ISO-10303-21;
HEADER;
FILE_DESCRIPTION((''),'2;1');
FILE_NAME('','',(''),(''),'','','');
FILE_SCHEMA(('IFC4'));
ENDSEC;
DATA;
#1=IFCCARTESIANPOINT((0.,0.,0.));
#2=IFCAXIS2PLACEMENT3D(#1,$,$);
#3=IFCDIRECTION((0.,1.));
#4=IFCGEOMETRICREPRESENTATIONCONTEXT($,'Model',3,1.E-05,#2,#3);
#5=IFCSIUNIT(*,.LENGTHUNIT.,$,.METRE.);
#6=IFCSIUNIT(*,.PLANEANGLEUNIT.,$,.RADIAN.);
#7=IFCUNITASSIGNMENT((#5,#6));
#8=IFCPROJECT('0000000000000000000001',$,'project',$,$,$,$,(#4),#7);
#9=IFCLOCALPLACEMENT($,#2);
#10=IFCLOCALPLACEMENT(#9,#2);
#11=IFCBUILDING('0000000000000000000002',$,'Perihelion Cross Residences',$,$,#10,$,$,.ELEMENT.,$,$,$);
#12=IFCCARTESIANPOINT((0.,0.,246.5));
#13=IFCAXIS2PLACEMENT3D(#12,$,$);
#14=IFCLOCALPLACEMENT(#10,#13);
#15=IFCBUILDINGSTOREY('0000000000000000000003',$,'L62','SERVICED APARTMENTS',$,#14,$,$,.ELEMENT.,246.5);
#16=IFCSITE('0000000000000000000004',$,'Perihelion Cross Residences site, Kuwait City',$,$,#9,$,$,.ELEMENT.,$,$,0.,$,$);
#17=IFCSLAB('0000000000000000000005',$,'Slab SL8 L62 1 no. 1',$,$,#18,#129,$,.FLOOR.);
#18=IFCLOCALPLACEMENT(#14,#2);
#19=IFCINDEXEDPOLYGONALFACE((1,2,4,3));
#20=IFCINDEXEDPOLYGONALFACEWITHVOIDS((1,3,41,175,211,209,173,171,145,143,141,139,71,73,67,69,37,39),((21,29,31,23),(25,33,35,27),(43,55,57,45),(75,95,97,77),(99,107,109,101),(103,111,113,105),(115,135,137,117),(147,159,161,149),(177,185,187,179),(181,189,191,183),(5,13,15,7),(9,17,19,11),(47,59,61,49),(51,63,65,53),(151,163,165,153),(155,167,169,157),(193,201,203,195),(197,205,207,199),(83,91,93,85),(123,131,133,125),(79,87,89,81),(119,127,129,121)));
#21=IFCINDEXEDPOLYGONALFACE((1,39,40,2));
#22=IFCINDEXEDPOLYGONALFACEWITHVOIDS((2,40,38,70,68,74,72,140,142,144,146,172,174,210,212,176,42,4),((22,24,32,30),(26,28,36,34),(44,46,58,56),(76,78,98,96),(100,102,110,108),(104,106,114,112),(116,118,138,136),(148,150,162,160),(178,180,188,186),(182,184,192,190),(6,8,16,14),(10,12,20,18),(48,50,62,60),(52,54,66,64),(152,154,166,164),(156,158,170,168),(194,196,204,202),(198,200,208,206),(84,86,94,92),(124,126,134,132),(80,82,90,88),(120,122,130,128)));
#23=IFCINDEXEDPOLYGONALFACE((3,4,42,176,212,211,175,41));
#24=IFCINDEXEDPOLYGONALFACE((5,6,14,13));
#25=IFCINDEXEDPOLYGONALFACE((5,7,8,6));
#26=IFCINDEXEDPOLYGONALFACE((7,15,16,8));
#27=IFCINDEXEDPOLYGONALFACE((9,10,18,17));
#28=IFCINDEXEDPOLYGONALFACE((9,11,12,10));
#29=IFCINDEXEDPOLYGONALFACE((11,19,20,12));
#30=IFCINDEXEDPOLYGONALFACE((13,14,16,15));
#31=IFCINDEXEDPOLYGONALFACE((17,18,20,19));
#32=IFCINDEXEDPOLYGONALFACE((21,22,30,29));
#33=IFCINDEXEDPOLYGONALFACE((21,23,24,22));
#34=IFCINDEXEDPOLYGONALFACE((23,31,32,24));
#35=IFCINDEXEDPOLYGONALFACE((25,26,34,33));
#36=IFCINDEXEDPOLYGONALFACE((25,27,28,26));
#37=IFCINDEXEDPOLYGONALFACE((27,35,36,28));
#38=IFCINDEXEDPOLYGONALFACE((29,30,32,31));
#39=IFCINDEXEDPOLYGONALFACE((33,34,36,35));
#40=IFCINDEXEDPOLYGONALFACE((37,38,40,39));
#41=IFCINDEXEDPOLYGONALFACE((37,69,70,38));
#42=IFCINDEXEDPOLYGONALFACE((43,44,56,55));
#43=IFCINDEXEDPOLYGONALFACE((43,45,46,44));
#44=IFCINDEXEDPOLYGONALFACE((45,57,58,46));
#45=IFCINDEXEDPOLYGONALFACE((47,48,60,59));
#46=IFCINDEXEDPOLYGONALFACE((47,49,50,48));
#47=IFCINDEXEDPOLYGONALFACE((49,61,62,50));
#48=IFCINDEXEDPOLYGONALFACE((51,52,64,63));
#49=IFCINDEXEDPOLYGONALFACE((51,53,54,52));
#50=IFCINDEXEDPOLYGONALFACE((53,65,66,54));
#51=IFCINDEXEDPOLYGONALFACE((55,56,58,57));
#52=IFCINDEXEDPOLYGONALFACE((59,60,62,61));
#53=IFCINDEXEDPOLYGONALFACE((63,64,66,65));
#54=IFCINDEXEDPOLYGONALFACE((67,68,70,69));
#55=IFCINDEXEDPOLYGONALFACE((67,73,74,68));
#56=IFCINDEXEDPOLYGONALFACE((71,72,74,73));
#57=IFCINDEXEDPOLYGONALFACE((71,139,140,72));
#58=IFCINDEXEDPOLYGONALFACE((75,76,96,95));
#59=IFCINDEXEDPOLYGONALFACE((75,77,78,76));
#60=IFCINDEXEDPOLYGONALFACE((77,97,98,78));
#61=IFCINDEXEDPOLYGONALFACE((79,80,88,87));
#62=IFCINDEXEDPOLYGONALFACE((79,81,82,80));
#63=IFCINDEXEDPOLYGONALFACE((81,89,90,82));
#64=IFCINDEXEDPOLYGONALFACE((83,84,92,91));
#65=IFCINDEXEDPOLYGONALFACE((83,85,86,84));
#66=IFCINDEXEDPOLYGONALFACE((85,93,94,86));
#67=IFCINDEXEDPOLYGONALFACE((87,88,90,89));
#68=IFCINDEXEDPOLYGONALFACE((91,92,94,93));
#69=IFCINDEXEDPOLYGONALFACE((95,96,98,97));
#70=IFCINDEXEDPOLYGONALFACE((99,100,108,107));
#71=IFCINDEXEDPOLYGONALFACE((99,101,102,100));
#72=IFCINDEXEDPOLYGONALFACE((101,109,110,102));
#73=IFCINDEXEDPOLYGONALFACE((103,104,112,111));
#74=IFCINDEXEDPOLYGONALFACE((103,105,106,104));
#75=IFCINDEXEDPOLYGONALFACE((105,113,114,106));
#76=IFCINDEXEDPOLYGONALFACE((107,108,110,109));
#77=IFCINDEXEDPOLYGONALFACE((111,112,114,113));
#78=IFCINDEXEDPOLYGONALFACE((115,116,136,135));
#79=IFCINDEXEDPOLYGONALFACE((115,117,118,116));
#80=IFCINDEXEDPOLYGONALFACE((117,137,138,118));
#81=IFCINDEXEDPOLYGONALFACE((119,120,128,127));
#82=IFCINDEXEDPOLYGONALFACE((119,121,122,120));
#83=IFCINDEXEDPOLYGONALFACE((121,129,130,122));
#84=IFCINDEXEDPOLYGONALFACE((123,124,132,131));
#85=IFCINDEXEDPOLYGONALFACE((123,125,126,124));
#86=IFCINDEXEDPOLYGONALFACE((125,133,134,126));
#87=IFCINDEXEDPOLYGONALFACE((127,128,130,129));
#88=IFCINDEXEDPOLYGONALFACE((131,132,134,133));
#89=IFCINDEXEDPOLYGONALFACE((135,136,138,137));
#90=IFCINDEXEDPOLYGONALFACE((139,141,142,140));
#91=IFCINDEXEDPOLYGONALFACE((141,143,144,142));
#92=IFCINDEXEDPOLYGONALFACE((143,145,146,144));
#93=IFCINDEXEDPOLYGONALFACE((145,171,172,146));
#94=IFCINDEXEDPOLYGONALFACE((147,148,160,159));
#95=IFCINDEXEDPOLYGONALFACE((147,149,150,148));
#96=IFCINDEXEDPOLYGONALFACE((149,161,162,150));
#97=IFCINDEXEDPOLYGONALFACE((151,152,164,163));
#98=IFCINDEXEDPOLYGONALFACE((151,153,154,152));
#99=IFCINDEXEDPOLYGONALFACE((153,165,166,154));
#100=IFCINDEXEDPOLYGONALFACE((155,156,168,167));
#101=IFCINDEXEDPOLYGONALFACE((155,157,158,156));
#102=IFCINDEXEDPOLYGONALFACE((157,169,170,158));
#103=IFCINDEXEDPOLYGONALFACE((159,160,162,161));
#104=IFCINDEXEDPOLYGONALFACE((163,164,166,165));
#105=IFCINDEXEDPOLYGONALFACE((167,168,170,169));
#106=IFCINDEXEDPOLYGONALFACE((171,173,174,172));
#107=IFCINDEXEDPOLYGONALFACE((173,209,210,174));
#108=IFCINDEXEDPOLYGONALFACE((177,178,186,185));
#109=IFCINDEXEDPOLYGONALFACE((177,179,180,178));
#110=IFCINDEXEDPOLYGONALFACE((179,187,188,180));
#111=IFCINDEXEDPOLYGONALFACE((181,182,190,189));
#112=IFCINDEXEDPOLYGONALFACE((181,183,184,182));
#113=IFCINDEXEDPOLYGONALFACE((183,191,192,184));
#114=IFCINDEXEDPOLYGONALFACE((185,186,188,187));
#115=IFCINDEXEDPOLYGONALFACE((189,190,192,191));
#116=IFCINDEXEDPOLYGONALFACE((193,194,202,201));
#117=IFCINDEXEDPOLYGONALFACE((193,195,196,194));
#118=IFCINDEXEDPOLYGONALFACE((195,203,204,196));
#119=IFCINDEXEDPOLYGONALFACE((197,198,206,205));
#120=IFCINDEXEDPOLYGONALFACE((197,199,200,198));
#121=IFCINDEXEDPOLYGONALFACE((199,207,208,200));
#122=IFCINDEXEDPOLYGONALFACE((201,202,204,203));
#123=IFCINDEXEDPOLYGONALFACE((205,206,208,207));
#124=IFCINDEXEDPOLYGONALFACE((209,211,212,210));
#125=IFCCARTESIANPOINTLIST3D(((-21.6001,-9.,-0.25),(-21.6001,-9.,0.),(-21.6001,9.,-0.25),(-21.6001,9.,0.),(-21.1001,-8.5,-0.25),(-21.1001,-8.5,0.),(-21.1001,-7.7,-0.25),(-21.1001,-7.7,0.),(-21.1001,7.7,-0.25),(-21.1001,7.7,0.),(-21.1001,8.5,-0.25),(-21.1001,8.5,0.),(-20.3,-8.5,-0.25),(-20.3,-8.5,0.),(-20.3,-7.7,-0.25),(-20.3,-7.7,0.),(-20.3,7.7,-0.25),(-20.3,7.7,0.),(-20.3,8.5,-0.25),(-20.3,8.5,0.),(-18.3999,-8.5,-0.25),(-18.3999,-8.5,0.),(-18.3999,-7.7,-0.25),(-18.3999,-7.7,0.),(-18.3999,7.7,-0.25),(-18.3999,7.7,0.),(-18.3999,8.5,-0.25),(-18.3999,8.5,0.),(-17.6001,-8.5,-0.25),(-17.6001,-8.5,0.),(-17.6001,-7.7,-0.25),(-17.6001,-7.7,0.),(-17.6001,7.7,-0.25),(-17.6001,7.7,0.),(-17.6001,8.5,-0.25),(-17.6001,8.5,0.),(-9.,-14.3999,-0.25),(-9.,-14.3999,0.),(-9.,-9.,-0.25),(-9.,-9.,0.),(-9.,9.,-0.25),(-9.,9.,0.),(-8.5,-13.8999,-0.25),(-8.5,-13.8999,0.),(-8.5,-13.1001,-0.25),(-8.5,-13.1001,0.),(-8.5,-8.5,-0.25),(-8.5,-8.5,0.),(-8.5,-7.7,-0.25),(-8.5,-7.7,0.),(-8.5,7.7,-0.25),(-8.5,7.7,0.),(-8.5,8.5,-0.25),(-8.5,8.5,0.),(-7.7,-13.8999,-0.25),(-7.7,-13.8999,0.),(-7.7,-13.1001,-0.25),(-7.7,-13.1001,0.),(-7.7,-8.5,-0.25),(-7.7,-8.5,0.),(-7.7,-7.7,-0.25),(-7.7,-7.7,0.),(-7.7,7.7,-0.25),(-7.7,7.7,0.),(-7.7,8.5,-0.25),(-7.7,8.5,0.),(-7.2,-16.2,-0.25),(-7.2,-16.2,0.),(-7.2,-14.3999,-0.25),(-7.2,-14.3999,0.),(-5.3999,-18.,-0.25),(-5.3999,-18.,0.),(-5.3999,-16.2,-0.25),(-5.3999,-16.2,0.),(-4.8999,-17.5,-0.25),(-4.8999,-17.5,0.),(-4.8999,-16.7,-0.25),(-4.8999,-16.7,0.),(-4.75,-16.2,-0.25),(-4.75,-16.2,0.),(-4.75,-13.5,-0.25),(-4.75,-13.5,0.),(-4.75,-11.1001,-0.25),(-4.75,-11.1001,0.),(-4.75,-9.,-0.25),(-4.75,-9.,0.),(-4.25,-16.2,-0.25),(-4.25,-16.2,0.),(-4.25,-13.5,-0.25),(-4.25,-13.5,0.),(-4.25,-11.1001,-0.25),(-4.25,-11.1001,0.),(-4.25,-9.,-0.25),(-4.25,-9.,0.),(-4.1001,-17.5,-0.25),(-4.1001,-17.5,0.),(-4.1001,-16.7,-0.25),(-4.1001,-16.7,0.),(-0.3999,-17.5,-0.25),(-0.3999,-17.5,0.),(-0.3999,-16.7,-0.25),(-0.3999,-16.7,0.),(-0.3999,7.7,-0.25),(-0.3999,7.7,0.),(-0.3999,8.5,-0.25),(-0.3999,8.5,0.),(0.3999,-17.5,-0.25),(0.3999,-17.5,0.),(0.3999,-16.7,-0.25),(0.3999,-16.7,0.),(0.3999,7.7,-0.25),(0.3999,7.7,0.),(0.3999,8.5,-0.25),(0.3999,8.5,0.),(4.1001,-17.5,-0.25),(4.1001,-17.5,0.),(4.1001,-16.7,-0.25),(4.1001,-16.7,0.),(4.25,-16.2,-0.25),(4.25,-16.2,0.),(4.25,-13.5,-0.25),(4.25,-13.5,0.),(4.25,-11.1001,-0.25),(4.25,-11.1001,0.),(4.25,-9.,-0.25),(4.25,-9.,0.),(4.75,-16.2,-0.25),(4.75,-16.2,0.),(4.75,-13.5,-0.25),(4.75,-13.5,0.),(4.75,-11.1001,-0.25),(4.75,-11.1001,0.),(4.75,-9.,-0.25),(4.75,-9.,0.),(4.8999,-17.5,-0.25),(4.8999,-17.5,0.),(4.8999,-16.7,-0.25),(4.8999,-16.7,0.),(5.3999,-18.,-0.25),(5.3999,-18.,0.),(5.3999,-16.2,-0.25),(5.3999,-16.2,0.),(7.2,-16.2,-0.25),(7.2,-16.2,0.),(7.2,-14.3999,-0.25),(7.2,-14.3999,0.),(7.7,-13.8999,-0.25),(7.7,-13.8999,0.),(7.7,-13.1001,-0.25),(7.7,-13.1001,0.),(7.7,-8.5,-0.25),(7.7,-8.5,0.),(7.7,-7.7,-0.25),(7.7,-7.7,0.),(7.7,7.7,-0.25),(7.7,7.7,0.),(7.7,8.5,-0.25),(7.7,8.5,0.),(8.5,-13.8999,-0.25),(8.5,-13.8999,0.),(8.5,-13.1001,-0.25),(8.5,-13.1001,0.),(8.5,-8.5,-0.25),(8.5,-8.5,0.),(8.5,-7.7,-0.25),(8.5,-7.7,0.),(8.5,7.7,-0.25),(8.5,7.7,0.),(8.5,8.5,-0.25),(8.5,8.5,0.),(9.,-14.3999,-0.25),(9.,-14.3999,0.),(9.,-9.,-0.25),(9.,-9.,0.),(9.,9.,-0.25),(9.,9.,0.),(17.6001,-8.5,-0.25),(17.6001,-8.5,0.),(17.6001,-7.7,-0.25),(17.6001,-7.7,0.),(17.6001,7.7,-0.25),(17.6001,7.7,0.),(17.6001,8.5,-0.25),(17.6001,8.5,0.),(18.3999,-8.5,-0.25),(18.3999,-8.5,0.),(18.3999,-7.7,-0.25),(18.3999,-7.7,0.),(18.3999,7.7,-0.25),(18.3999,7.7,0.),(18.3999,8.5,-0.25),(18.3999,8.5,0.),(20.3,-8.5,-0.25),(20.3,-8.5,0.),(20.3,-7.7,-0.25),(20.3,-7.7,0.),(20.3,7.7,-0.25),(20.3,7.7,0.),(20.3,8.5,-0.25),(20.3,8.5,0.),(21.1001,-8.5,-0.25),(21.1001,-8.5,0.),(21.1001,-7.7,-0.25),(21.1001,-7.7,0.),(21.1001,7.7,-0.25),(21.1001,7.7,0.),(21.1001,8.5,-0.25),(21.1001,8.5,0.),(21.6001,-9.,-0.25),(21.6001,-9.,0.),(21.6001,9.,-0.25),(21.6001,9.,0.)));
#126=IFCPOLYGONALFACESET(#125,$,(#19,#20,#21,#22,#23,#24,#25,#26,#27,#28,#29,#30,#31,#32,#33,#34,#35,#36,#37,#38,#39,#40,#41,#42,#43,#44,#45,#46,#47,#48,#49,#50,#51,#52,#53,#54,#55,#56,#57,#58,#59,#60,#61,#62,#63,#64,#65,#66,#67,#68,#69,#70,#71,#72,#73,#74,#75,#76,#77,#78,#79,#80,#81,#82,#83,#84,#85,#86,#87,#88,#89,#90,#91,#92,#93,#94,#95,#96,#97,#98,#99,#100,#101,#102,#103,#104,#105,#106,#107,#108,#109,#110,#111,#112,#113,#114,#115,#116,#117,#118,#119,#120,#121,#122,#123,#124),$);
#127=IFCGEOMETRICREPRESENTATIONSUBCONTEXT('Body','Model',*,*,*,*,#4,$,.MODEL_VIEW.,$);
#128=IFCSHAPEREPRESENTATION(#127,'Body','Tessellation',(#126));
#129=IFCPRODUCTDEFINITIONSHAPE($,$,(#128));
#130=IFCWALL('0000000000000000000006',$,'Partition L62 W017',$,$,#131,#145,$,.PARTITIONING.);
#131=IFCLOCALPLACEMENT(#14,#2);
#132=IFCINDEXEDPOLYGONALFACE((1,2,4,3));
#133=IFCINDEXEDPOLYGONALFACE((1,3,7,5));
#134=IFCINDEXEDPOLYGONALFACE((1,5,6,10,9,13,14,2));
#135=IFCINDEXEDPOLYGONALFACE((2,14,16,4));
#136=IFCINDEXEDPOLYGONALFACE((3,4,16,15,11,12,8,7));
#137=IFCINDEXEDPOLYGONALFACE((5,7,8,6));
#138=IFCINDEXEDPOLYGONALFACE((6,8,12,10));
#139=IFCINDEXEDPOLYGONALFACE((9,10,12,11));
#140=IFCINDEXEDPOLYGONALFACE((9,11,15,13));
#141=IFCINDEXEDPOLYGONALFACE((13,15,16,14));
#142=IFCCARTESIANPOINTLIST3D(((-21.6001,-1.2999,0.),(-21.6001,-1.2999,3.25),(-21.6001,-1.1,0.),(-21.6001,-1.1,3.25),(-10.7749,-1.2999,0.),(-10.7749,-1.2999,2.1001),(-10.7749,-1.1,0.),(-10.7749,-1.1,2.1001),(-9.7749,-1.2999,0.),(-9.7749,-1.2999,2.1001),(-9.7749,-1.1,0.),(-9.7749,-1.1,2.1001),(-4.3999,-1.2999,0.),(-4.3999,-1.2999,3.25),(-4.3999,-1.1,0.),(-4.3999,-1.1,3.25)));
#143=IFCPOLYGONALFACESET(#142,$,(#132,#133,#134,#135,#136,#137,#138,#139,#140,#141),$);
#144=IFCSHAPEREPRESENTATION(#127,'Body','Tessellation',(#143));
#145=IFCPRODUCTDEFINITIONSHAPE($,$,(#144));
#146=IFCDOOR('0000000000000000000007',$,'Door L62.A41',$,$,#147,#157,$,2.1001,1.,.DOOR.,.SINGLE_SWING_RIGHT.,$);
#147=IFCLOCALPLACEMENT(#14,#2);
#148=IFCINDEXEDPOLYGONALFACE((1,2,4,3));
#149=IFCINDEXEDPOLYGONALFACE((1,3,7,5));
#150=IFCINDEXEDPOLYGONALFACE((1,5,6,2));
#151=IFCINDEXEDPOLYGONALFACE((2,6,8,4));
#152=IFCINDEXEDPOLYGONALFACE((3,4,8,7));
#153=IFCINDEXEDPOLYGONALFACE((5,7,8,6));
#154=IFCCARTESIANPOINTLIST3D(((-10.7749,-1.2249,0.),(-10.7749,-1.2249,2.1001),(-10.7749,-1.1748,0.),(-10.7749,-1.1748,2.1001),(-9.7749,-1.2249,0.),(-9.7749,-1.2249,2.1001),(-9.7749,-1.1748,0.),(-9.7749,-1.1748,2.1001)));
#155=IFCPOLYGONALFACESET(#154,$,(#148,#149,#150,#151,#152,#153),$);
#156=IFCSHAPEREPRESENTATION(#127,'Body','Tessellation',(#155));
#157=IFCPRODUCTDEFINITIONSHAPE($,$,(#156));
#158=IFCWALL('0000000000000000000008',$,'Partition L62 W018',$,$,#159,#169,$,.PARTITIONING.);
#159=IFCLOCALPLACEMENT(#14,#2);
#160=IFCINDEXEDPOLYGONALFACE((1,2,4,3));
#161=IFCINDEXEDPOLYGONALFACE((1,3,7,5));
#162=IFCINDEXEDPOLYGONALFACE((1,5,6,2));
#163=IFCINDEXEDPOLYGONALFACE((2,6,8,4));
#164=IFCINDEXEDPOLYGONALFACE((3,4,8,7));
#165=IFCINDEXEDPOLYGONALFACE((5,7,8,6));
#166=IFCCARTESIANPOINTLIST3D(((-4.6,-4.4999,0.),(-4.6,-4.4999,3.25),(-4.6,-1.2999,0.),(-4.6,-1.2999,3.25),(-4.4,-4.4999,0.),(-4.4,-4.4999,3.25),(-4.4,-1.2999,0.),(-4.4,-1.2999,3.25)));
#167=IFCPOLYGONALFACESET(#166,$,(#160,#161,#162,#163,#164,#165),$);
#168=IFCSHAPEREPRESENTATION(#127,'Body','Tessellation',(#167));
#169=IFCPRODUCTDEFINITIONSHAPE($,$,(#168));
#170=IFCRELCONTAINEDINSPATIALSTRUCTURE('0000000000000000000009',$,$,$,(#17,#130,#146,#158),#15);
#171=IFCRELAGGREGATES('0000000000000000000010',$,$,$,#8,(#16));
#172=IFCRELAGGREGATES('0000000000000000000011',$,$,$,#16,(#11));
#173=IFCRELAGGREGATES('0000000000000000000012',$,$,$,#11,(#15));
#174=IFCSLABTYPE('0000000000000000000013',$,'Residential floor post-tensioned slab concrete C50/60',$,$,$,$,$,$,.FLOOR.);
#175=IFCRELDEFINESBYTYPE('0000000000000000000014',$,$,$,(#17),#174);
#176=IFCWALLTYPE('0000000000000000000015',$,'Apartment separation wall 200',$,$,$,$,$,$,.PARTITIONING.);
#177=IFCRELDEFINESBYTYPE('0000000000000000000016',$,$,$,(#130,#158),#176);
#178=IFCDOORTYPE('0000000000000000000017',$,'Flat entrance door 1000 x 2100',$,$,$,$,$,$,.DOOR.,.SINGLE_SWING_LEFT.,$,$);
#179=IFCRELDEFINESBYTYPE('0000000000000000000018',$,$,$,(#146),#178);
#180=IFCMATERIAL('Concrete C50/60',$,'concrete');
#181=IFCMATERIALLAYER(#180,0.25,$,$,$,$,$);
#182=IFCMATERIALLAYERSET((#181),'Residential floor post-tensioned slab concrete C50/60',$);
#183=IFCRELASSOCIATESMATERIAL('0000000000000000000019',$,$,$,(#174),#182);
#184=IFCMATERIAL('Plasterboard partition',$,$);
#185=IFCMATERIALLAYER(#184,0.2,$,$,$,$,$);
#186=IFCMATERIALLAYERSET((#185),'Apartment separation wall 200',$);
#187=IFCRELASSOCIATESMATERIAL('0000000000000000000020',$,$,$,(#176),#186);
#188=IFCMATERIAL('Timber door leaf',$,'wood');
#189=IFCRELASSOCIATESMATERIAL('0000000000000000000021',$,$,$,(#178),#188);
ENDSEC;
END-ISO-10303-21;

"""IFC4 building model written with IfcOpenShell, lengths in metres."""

from ifc_helpers import new_model, si_unit, direction, frame, frame_2d, origin, place, context, subcontext, project, spatial, polyline, rectangle, outline, extrude, material, layer, layer_set, type_object, element, fill, save


model = new_model("IFC4")

# Units and contexts
model_context = context("Model", 3, precision=1e-05, world=origin(), true_north=direction((0.0, 1.0)))
body_context = subcontext(model_context, "Body", "Model", "MODEL_VIEW")
ifc_project = project(units=[si_unit("LENGTHUNIT", "METRE"), si_unit("PLANEANGLEUNIT", "RADIAN")], contexts=[model_context])

# Site, building, storey
site_placement = place(None, origin())
site = spatial("IfcSite", under=ifc_project, at=site_placement, Name="Perihelion Cross Residences site, Kuwait City", CompositionType="ELEMENT", RefElevation=0.0)
building_placement = place(site_placement, origin())
building = spatial("IfcBuilding", under=site, at=building_placement, Name="Perihelion Cross Residences", CompositionType="ELEMENT")
storey_placement = place(building_placement, frame((0.0, 0.0, 246.5)))
storey = spatial("IfcBuildingStorey", under=building, at=storey_placement, Name="L62", Description="SERVICED APARTMENTS", CompositionType="ELEMENT", Elevation=246.5)

# Slab
ifc_material_1 = material(Name="Concrete C50/60", Category="concrete")
ifc_layer_1 = layer(ifc_material_1, 0.25)
ifc_layer_set_1 = layer_set([ifc_layer_1], Name="Residential floor post-tensioned slab concrete C50/60")
slab_type_1 = type_object("IfcSlabType", Name="Residential floor post-tensioned slab concrete C50/60", PredefinedType="FLOOR", material=ifc_layer_set_1)
slab_1_placement = place(storey_placement, frame((0.0, 0.0, -0.25)))
element("IfcSlab", 1, at=slab_1_placement, inside=storey, type_object=slab_type_1, Name="Slab SL8 L62 1 no. 1", PredefinedType="FLOOR", context=body_context, shape_type="SweptSolid", body=[
    extrude(outline(polyline([(-9.0, 9.0), (9.0, 9.0), (21.6001, 9.0), (21.6001, -9.0), (9.0, -9.0), (9.0, -14.3999), (7.2, -14.3999), (7.2, -16.2), (5.3999, -16.2), (5.3999, -18.0), (-5.3999, -18.0), (-5.3999, -16.2), (-7.2, -16.2), (-7.2, -14.3999), (-9.0, -14.3999), (-9.0, -9.0), (-21.6001, -9.0), (-21.6001, 9.0), (-9.0, 9.0)]), holes=[polyline([(-4.1001, -16.7), (-4.8999, -16.7), (-4.8999, -17.5), (-4.1001, -17.5), (-4.1001, -16.7)]), polyline([(0.3999, -17.5), (0.3999, -16.7), (-0.3999, -16.7), (-0.3999, -17.5), (0.3999, -17.5)]), polyline([(-4.25, -16.2), (-4.25, -13.5), (-4.75, -13.5), (-4.75, -16.2), (-4.25, -16.2)]), polyline([(-7.7, -13.1001), (-8.5, -13.1001), (-8.5, -13.8999), (-7.7, -13.8999), (-7.7, -13.1001)]), polyline([(-4.25, -11.1001), (-4.25, -9.0), (-4.75, -9.0), (-4.75, -11.1001), (-4.25, -11.1001)]), polyline([(-20.3, -8.5), (-20.3, -7.7), (-21.1001, -7.7), (-21.1001, -8.5), (-20.3, -8.5)]), polyline([(-17.6001, -7.7), (-18.3999, -7.7), (-18.3999, -8.5), (-17.6001, -8.5), (-17.6001, -7.7)]), polyline([(-7.7, -8.5), (-7.7, -7.7), (-8.5, -7.7), (-8.5, -8.5), (-7.7, -8.5)]), polyline([(-20.3, 8.5), (-21.1001, 8.5), (-21.1001, 7.7), (-20.3, 7.7), (-20.3, 8.5)]), polyline([(-17.6001, 7.7), (-17.6001, 8.5), (-18.3999, 8.5), (-18.3999, 7.7), (-17.6001, 7.7)]), polyline([(-7.7, 7.7), (-7.7, 8.5), (-8.5, 8.5), (-8.5, 7.7), (-7.7, 7.7)]), polyline([(4.8999, -16.7), (4.1001, -16.7), (4.1001, -17.5), (4.8999, -17.5), (4.8999, -16.7)]), polyline([(4.75, -16.2), (4.75, -13.5), (4.25, -13.5), (4.25, -16.2), (4.75, -16.2)]), polyline([(8.5, -13.8999), (8.5, -13.1001), (7.7, -13.1001), (7.7, -13.8999), (8.5, -13.8999)]), polyline([(4.75, -9.0), (4.25, -9.0), (4.25, -11.1001), (4.75, -11.1001), (4.75, -9.0)]), polyline([(8.5, -8.5), (8.5, -7.7), (7.7, -7.7), (7.7, -8.5), (8.5, -8.5)]), polyline([(18.3999, -8.5), (18.3999, -7.7), (17.6001, -7.7), (17.6001, -8.5), (18.3999, -8.5)]), polyline([(21.1001, -7.7), (20.3, -7.7), (20.3, -8.5), (21.1001, -8.5), (21.1001, -7.7)]), polyline([(0.3999, 7.7), (0.3999, 8.5), (-0.3999, 8.5), (-0.3999, 7.7), (0.3999, 7.7)]), polyline([(8.5, 8.5), (7.7, 8.5), (7.7, 7.7), (8.5, 7.7), (8.5, 8.5)]), polyline([(18.3999, 7.7), (18.3999, 8.5), (17.6001, 8.5), (17.6001, 7.7), (18.3999, 7.7)]), polyline([(21.1001, 7.7), (21.1001, 8.5), (20.3, 8.5), (20.3, 7.7), (21.1001, 7.7)])]), origin(), (0.0, 0.0, 1.0), 0.25),
])

# Wall, opening, door
ifc_material_2 = material(Name="Plasterboard partition")
ifc_layer_2 = layer(ifc_material_2, 0.2)
ifc_layer_set_2 = layer_set([ifc_layer_2], Name="Apartment separation wall 200")
wall_type_1 = type_object("IfcWallType", Name="Apartment separation wall 200", PredefinedType="PARTITIONING", material=ifc_layer_set_2)
wall_1_placement = place(storey_placement, frame((-4.3999, -1.2, 0.0), z_axis=(0.0, 0.0, 1.0), x_axis=(-1.0, 0.0, 0.0)))
wall_1 = element("IfcWall", 2, at=wall_1_placement, inside=storey, type_object=wall_type_1, Name="Partition L62 W017", PredefinedType="PARTITIONING", context=body_context, shape_type="SweptSolid", body=[
    extrude(rectangle(XDim=17.2002, YDim=0.2, at=frame_2d((8.6001, 0.0))), origin(), (0.0, 0.0, 1.0), 3.25),
])
opening_1_placement = place(wall_1_placement, frame((5.375, 0.0, 0.0)))
opening_1 = element("IfcOpeningElement", 3, at=opening_1_placement, cuts=wall_1, PredefinedType="OPENING", context=body_context, shape_type="SweptSolid", body=[
    extrude(rectangle(XDim=1.0, YDim=2.1001, at=frame_2d((0.5, 1.05))), frame((0.0, 0.1099, 0.0), z_axis=(0.0, -1.0, 0.0), x_axis=(1.0, 0.0, 0.0)), (0.0, 0.0, 1.0), 0.22),
])
ifc_material_3 = material(Name="Timber door leaf", Category="wood")
door_type_1 = type_object("IfcDoorType", Name="Flat entrance door 1000 x 2100", OperationType="SINGLE_SWING_LEFT", PredefinedType="DOOR", material=ifc_material_3)
door_1_placement = place(opening_1_placement, origin())
door_1 = element("IfcDoor", 4, at=door_1_placement, inside=storey, type_object=door_type_1, Name="Door L62.A41", OperationType="SINGLE_SWING_RIGHT", OverallHeight=2.1001, OverallWidth=1.0, PredefinedType="DOOR", context=body_context, shape_type="SweptSolid", body=[
    extrude(rectangle(XDim=1.0, YDim=2.1001, at=frame_2d((0.5, 1.05))), frame((0.0, 0.0249, 0.0), z_axis=(0.0, -1.0, 0.0), x_axis=(1.0, 0.0, 0.0)), (0.0, 0.0, 1.0), 0.05),
])
fill(opening_1, door_1)

# Wall
wall_2_placement = place(storey_placement, frame((-4.5, -4.5, 0.0), z_axis=(0.0, 0.0, 1.0), x_axis=(0.0, 1.0, 0.0)))
element("IfcWall", 5, at=wall_2_placement, inside=storey, type_object=wall_type_1, Name="Partition L62 W018", PredefinedType="PARTITIONING", context=body_context, shape_type="SweptSolid", body=[
    extrude(rectangle(XDim=3.2, YDim=0.2, at=frame_2d((1.6001, 0.0))), origin(), (0.0, 0.0, 1.0), 3.25),
])

save(model, "model.ifc")
